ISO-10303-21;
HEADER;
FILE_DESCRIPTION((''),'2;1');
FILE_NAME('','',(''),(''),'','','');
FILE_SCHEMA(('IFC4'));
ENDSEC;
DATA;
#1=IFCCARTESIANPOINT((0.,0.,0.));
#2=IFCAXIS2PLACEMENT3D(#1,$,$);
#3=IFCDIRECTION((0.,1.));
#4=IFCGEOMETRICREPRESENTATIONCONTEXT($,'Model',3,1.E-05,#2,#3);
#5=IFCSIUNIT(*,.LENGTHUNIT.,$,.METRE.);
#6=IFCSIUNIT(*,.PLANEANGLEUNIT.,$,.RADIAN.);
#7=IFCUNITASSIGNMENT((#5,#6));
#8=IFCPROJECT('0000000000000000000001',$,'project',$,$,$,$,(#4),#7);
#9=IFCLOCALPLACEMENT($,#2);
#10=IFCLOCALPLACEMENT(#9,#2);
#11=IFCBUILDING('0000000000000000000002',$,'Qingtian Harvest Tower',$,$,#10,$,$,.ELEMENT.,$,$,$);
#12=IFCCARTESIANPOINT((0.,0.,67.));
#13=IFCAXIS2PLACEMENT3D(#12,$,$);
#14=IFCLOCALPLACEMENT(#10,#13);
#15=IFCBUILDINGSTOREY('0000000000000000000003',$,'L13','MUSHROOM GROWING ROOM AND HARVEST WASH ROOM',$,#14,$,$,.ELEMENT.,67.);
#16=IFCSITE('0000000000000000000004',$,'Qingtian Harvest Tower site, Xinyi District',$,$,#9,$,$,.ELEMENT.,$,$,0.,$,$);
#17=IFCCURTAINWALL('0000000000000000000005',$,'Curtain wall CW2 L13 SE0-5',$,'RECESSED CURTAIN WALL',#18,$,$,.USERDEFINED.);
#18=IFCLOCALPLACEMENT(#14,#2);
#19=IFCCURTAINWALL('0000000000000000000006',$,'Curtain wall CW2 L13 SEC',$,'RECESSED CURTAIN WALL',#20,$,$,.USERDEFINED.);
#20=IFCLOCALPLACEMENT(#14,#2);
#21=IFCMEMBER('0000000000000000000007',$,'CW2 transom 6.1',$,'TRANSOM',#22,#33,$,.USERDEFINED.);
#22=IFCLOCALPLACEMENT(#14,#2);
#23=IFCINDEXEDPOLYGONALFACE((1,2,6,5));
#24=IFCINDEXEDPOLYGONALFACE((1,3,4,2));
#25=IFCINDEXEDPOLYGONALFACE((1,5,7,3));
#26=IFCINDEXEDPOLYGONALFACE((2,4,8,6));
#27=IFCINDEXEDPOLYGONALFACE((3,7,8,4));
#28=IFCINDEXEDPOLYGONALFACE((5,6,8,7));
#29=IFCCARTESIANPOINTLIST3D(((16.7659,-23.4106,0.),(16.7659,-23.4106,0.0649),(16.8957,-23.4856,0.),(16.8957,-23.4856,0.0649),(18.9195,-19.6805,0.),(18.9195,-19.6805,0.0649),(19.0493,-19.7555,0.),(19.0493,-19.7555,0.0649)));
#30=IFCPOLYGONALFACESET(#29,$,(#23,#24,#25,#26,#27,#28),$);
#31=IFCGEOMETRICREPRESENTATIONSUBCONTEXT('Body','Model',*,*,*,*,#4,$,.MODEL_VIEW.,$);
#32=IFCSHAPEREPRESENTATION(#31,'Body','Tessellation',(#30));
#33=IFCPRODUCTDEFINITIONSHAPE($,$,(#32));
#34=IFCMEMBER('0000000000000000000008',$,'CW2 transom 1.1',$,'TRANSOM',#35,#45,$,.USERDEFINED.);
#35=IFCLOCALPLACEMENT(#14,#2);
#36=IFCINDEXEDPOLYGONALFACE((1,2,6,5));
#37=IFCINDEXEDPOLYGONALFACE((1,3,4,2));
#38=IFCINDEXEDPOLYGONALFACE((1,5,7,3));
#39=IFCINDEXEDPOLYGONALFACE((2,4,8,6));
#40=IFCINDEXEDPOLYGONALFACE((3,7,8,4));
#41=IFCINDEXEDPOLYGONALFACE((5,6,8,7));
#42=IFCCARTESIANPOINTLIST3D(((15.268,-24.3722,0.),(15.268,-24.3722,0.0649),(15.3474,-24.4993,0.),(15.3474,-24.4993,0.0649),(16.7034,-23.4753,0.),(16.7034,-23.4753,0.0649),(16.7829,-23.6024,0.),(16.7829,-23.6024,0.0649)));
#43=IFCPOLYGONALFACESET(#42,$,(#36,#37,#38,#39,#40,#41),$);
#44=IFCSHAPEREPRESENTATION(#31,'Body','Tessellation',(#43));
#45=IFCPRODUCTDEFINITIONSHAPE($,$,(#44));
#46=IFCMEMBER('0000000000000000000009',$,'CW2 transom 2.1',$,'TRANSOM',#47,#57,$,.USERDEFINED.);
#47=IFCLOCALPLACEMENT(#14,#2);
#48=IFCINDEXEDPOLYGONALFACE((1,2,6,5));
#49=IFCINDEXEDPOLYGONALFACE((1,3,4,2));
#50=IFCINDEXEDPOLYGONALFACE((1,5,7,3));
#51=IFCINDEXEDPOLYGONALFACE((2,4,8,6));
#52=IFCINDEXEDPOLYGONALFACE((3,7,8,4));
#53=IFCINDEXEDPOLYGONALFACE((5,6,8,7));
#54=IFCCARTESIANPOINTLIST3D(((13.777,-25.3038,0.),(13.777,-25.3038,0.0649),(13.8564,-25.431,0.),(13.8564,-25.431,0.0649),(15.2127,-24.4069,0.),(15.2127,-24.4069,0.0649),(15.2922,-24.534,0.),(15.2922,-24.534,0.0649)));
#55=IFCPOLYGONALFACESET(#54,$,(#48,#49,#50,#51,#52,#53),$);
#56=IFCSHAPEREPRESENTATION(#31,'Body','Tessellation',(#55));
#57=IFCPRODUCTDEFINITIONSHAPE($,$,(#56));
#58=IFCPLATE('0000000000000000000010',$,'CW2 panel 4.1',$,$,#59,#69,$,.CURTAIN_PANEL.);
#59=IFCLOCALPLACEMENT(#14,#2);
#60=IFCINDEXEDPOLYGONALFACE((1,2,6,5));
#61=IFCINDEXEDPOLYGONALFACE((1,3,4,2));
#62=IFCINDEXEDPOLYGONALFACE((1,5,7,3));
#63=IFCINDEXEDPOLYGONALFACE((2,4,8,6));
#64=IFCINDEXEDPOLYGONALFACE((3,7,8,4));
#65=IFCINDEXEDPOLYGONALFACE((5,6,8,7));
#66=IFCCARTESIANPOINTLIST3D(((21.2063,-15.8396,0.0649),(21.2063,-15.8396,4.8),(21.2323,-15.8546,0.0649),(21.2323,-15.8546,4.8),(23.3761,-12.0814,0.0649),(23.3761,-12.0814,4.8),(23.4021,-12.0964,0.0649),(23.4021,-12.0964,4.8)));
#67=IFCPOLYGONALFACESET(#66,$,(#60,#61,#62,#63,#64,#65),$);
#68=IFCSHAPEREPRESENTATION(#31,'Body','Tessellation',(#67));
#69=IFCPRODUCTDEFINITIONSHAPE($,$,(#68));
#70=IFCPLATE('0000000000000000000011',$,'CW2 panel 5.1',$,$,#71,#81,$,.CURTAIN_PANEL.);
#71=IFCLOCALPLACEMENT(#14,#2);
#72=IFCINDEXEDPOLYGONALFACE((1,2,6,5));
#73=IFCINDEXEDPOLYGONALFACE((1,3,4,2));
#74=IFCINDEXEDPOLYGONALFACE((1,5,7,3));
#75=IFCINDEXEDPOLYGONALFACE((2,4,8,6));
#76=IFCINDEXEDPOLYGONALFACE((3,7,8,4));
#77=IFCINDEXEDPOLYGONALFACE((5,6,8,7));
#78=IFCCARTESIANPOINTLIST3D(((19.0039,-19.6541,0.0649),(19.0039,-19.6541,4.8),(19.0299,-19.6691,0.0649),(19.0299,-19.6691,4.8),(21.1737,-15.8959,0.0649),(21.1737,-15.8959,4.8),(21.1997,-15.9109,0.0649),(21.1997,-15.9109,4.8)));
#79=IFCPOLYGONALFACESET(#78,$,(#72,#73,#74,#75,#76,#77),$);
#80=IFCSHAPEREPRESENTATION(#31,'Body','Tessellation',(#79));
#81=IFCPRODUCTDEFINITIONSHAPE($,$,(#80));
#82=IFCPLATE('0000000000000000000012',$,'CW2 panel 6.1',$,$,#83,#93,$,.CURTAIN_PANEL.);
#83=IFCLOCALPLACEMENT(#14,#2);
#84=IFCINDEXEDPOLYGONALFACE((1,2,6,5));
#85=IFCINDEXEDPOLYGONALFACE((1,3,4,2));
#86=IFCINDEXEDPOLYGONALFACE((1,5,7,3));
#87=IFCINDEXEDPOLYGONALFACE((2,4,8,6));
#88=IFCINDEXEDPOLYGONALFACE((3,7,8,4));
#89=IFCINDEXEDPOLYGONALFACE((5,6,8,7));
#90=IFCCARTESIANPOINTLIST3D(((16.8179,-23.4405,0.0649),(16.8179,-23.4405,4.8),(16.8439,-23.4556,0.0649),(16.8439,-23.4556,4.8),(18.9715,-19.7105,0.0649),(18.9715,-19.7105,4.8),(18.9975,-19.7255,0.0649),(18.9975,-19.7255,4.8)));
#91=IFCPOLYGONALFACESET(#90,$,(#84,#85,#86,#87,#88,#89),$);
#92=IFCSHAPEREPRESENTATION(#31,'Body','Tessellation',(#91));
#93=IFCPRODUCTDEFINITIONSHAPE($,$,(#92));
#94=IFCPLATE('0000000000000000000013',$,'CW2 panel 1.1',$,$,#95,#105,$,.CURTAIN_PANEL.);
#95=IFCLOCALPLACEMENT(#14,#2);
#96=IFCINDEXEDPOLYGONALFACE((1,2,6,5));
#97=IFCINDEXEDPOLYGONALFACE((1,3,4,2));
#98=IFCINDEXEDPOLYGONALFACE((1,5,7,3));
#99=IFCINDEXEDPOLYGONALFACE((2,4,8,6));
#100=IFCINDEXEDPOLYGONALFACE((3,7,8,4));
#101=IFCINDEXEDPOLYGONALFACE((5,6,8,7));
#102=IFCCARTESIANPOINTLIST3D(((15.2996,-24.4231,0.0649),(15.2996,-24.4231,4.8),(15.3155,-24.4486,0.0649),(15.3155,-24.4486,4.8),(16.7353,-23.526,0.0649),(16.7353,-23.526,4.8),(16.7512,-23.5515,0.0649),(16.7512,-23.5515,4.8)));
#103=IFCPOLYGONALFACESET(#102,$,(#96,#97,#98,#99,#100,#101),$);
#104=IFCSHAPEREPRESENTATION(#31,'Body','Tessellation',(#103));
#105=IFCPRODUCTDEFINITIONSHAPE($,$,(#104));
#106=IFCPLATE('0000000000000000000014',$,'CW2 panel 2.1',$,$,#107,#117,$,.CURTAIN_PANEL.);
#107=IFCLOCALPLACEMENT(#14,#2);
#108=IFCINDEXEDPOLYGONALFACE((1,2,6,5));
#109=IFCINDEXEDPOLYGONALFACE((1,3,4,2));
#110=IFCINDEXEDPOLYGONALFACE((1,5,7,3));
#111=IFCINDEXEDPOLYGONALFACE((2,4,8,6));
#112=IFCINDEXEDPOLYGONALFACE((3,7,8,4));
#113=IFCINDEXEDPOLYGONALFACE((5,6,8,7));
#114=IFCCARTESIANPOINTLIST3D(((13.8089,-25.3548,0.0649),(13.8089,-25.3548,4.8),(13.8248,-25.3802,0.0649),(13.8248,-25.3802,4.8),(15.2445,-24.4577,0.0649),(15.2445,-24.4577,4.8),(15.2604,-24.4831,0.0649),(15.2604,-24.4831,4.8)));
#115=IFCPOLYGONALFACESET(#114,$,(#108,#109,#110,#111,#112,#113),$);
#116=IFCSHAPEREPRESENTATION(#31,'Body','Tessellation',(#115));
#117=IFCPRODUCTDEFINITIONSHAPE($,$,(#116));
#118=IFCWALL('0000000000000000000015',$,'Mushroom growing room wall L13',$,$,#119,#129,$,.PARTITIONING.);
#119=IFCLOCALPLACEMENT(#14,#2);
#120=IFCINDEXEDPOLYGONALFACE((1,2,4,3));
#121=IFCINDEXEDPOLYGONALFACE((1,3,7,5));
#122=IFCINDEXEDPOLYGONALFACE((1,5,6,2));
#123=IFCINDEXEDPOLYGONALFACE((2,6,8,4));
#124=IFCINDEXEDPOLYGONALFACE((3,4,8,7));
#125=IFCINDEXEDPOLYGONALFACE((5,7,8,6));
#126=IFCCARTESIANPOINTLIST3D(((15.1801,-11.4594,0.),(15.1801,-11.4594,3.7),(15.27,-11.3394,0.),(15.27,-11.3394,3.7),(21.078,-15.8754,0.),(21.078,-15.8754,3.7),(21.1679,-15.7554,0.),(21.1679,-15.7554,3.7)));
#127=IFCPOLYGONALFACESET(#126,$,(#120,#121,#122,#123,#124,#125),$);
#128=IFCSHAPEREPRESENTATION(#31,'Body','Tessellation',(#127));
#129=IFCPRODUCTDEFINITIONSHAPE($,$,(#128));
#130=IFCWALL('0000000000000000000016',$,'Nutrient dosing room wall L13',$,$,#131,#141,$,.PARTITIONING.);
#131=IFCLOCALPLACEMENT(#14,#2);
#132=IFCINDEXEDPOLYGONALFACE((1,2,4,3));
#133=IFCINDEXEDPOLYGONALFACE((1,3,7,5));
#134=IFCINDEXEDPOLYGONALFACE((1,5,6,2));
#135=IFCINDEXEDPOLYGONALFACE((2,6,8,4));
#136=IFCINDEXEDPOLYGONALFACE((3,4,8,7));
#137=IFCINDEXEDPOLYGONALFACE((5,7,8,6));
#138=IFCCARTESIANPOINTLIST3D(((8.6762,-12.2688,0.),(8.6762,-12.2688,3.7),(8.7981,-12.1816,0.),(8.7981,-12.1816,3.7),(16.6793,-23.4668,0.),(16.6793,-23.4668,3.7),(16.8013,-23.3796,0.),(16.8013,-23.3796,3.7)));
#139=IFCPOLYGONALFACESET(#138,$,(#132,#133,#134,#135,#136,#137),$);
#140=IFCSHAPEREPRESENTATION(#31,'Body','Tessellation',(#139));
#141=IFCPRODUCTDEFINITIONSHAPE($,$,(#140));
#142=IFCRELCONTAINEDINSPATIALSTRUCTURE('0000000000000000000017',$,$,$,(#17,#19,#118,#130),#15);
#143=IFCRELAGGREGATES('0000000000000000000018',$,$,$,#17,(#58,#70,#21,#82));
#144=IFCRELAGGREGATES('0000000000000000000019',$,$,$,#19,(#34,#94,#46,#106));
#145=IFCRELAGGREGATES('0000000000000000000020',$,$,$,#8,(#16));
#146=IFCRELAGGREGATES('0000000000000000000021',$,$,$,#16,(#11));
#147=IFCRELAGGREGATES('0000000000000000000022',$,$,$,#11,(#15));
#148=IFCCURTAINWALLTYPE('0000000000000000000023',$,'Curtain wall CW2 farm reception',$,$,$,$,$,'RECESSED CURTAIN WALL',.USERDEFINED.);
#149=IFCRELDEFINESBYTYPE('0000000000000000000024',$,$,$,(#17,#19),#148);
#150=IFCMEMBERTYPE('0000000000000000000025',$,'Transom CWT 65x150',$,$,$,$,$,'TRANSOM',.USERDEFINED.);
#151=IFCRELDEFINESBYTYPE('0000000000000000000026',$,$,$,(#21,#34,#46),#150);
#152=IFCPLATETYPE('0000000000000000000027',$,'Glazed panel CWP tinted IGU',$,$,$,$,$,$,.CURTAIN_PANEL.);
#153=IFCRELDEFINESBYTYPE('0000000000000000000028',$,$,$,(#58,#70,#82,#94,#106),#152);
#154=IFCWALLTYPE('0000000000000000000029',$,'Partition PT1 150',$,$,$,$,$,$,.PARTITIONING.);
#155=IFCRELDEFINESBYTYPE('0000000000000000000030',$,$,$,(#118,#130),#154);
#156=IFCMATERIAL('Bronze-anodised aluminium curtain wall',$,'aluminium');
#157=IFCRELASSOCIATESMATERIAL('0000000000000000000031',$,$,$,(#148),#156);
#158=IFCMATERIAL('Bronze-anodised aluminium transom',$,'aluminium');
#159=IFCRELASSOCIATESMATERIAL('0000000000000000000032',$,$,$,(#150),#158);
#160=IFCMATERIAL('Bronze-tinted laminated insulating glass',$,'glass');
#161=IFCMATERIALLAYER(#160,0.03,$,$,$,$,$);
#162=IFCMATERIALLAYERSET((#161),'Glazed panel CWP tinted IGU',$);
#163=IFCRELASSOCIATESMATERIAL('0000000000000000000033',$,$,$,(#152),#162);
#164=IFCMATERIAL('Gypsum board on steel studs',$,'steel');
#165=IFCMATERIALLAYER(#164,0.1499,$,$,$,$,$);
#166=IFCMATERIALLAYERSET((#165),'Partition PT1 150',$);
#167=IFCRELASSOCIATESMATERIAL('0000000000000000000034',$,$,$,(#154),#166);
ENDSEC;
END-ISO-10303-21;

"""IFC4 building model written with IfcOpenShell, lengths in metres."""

from ifc_helpers import new_model, si_unit, direction, frame, frame_2d, origin, origin_2d, place, context, subcontext, project, spatial, rectangle, extrude, material, layer, layer_set, material_profile, profile_set, type_object, element, aggregate, save


model = new_model("IFC4")

# Units and contexts
model_context = context("Model", 3, precision=1e-05, world=origin(), true_north=direction((0.0, 1.0)))
body_context = subcontext(model_context, "Body", "Model", "MODEL_VIEW")
ifc_project = project(units=[si_unit("LENGTHUNIT", "METRE"), si_unit("PLANEANGLEUNIT", "RADIAN")], contexts=[model_context])

# Site, building, storey
site_placement = place(None, origin())
site = spatial("IfcSite", under=ifc_project, at=site_placement, Name="Qingtian Harvest Tower site, Xinyi District", CompositionType="ELEMENT", RefElevation=0.0)
building_placement = place(site_placement, origin())
building = spatial("IfcBuilding", under=site, at=building_placement, Name="Qingtian Harvest Tower", CompositionType="ELEMENT")
storey_placement = place(building_placement, frame((0.0, 0.0, 67.0)))
storey = spatial("IfcBuildingStorey", under=building, at=storey_placement, Name="L13", Description="MUSHROOM GROWING ROOM AND HARVEST WASH ROOM", CompositionType="ELEMENT", Elevation=67.0)

# Curtain walls
ifc_material_1 = material(Name="Bronze-anodised aluminium curtain wall", Category="aluminium")
curtain_wall_type = type_object("IfcCurtainWallType", Name="Curtain wall CW2 farm reception", ElementType="RECESSED CURTAIN WALL", PredefinedType="USERDEFINED", material=ifc_material_1)
curtain_wall_1_placement = place(storey_placement, origin())
curtain_wall_1 = element("IfcCurtainWall", 1, at=curtain_wall_1_placement, inside=storey, type_object=curtain_wall_type, Name="Curtain wall CW2 L13 SE0-5", ObjectType="RECESSED CURTAIN WALL", PredefinedType="USERDEFINED")
curtain_wall_2_placement = place(storey_placement, origin())
curtain_wall_2 = element("IfcCurtainWall", 2, at=curtain_wall_2_placement, inside=storey, type_object=curtain_wall_type, Name="Curtain wall CW2 L13 SEC", ObjectType="RECESSED CURTAIN WALL", PredefinedType="USERDEFINED")

# Members
ifc_material_2 = material(Name="Bronze-anodised aluminium transom", Category="aluminium")
ifc_material_profile_1 = material_profile(ifc_material_2, rectangle(XDim=0.1499, YDim=0.0649, at=origin_2d()), Name="AL 65x150")
ifc_profile_set_1 = profile_set([ifc_material_profile_1], Name="Bronze-anodised aluminium transom")
member_type_1 = type_object("IfcMemberType", Name="Transom CWT 65x150", ElementType="TRANSOM", PredefinedType="USERDEFINED", material=ifc_profile_set_1)
member_1_placement = place(storey_placement, frame((18.9844, -19.718, 0.0325), z_axis=(-0.50001, -0.866019, 0.0), x_axis=(0.866019, -0.50001, 0.0)))
member_1 = element("IfcMember", 3, at=member_1_placement, type_object=member_type_1, Name="CW2 transom 6.1", ObjectType="TRANSOM", PredefinedType="USERDEFINED", context=body_context, shape_type="SweptSolid", body=[
    extrude(rectangle(XDim=0.1499, YDim=0.0649, at=origin_2d()), origin(), (0.0, 0.0, 1.0), 4.3071),
])
member_2_placement = place(storey_placement, frame((16.7432, -23.5388, 0.0325), z_axis=(-0.848063, -0.529895, 0.0), x_axis=(0.529895, -0.848063, 0.0)))
member_2 = element("IfcMember", 4, at=member_2_placement, type_object=member_type_1, Name="CW2 transom 1.1", ObjectType="TRANSOM", PredefinedType="USERDEFINED", context=body_context, shape_type="SweptSolid", body=[
    extrude(rectangle(XDim=0.1499, YDim=0.0649, at=origin_2d()), origin(), (0.0, 0.0, 1.0), 1.6926),
])
member_3_placement = place(storey_placement, frame((15.2524, -24.4705, 0.0325), z_axis=(-0.848104, -0.52983, 0.0), x_axis=(0.52983, -0.848104, 0.0)))
member_3 = element("IfcMember", 5, at=member_3_placement, type_object=member_type_1, Name="CW2 transom 2.1", ObjectType="TRANSOM", PredefinedType="USERDEFINED", context=body_context, shape_type="SweptSolid", body=[
    extrude(rectangle(XDim=0.1499, YDim=0.0649, at=origin_2d()), origin(), (0.0, 0.0, 1.0), 1.6929),
])

# Plates
ifc_material_3 = material(Name="Bronze-tinted laminated insulating glass", Category="glass")
ifc_layer_1 = layer(ifc_material_3, 0.03)
ifc_layer_set_1 = layer_set([ifc_layer_1], Name="Glazed panel CWP tinted IGU")
plate_type = type_object("IfcPlateType", Name="Glazed panel CWP tinted IGU", PredefinedType="CURTAIN_PANEL", material=ifc_layer_set_1)
plate_1_placement = place(storey_placement, frame((22.3042, -13.968, 0.0649), z_axis=(0.0, 0.0, 1.0), x_axis=(-0.5, -0.866025, 0.0)))
plate_1 = element("IfcPlate", 6, at=plate_1_placement, type_object=plate_type, Name="CW2 panel 4.1", PredefinedType="CURTAIN_PANEL", context=body_context, shape_type="SweptSolid", body=[
    extrude(rectangle(XDim=4.3396, YDim=0.03, at=origin_2d()), origin(), (0.0, 0.0, 1.0), 4.7351),
])
plate_2_placement = place(storey_placement, frame((20.1018, -17.7825, 0.0649), z_axis=(0.0, 0.0, 1.0), x_axis=(-0.5, -0.866025, 0.0)))
plate_2 = element("IfcPlate", 7, at=plate_2_placement, type_object=plate_type, Name="CW2 panel 5.1", PredefinedType="CURTAIN_PANEL", context=body_context, shape_type="SweptSolid", body=[
    extrude(rectangle(XDim=4.3396, YDim=0.03, at=origin_2d()), origin(), (0.0, 0.0, 1.0), 4.7351),
])
plate_3_placement = place(storey_placement, frame((17.9077, -21.583, 0.0649), z_axis=(0.0, 0.0, 1.0), x_axis=(-0.5, -0.866025, 0.0)))
plate_3 = element("IfcPlate", 8, at=plate_3_placement, type_object=plate_type, Name="CW2 panel 6.1", PredefinedType="CURTAIN_PANEL", context=body_context, shape_type="SweptSolid", body=[
    extrude(rectangle(XDim=4.3071, YDim=0.03, at=origin_2d()), origin(), (0.0, 0.0, 1.0), 4.7351),
])
aggregate(curtain_wall_1, [plate_1, plate_2, member_1, plate_3])
plate_4_placement = place(storey_placement, frame((16.0254, -23.9873, 0.0649), z_axis=(0.0, 0.0, 1.0), x_axis=(-0.848048, -0.529919, 0.0)))
plate_4 = element("IfcPlate", 9, at=plate_4_placement, type_object=plate_type, Name="CW2 panel 1.1", PredefinedType="CURTAIN_PANEL", context=body_context, shape_type="SweptSolid", body=[
    extrude(rectangle(XDim=1.6929, YDim=0.03, at=origin_2d()), origin(), (0.0, 0.0, 1.0), 4.7351),
])
plate_5_placement = place(storey_placement, frame((14.5347, -24.9189, 0.0649), z_axis=(0.0, 0.0, 1.0), x_axis=(-0.848048, -0.529919, 0.0)))
plate_5 = element("IfcPlate", 10, at=plate_5_placement, type_object=plate_type, Name="CW2 panel 2.1", PredefinedType="CURTAIN_PANEL", context=body_context, shape_type="SweptSolid", body=[
    extrude(rectangle(XDim=1.6929, YDim=0.03, at=origin_2d()), origin(), (0.0, 0.0, 1.0), 4.7351),
])
aggregate(curtain_wall_2, [member_2, plate_4, member_3, plate_5])

# Walls
ifc_material_4 = material(Name="Gypsum board on steel studs", Category="steel")
ifc_layer_2 = layer(ifc_material_4, 0.1499)
ifc_layer_set_2 = layer_set([ifc_layer_2], Name="Partition PT1 150")
wall_type = type_object("IfcWallType", Name="Partition PT1 150", PredefinedType="PARTITIONING", material=ifc_layer_set_2)
wall_1_placement = place(storey_placement, frame((21.123, -15.8154, 0.0), z_axis=(0.0, 0.0, 1.0), x_axis=(-0.800485, 0.599353, 0.0)))
element("IfcWall", 11, at=wall_1_placement, inside=storey, type_object=wall_type, Name="Mushroom growing room wall L13", PredefinedType="PARTITIONING", context=body_context, shape_type="SweptSolid", body=[
    extrude(rectangle(XDim=7.3679, YDim=0.1499, at=frame_2d((3.6841, 0.0))), origin(), (0.0, 0.0, 1.0), 3.7),
])
wall_2_placement = place(storey_placement, frame((16.7402, -23.4231, 0.0), z_axis=(0.0, 0.0, 1.0), x_axis=(-0.58146, 0.813575, 0.0)))
element("IfcWall", 12, at=wall_2_placement, inside=storey, type_object=wall_type, Name="Nutrient dosing room wall L13", PredefinedType="PARTITIONING", context=body_context, shape_type="SweptSolid", body=[
    extrude(rectangle(XDim=13.7639, YDim=0.1499, at=frame_2d((6.8818, 0.0))), origin(), (0.0, 0.0, 1.0), 3.7),
])

save(model, "model.ifc")
